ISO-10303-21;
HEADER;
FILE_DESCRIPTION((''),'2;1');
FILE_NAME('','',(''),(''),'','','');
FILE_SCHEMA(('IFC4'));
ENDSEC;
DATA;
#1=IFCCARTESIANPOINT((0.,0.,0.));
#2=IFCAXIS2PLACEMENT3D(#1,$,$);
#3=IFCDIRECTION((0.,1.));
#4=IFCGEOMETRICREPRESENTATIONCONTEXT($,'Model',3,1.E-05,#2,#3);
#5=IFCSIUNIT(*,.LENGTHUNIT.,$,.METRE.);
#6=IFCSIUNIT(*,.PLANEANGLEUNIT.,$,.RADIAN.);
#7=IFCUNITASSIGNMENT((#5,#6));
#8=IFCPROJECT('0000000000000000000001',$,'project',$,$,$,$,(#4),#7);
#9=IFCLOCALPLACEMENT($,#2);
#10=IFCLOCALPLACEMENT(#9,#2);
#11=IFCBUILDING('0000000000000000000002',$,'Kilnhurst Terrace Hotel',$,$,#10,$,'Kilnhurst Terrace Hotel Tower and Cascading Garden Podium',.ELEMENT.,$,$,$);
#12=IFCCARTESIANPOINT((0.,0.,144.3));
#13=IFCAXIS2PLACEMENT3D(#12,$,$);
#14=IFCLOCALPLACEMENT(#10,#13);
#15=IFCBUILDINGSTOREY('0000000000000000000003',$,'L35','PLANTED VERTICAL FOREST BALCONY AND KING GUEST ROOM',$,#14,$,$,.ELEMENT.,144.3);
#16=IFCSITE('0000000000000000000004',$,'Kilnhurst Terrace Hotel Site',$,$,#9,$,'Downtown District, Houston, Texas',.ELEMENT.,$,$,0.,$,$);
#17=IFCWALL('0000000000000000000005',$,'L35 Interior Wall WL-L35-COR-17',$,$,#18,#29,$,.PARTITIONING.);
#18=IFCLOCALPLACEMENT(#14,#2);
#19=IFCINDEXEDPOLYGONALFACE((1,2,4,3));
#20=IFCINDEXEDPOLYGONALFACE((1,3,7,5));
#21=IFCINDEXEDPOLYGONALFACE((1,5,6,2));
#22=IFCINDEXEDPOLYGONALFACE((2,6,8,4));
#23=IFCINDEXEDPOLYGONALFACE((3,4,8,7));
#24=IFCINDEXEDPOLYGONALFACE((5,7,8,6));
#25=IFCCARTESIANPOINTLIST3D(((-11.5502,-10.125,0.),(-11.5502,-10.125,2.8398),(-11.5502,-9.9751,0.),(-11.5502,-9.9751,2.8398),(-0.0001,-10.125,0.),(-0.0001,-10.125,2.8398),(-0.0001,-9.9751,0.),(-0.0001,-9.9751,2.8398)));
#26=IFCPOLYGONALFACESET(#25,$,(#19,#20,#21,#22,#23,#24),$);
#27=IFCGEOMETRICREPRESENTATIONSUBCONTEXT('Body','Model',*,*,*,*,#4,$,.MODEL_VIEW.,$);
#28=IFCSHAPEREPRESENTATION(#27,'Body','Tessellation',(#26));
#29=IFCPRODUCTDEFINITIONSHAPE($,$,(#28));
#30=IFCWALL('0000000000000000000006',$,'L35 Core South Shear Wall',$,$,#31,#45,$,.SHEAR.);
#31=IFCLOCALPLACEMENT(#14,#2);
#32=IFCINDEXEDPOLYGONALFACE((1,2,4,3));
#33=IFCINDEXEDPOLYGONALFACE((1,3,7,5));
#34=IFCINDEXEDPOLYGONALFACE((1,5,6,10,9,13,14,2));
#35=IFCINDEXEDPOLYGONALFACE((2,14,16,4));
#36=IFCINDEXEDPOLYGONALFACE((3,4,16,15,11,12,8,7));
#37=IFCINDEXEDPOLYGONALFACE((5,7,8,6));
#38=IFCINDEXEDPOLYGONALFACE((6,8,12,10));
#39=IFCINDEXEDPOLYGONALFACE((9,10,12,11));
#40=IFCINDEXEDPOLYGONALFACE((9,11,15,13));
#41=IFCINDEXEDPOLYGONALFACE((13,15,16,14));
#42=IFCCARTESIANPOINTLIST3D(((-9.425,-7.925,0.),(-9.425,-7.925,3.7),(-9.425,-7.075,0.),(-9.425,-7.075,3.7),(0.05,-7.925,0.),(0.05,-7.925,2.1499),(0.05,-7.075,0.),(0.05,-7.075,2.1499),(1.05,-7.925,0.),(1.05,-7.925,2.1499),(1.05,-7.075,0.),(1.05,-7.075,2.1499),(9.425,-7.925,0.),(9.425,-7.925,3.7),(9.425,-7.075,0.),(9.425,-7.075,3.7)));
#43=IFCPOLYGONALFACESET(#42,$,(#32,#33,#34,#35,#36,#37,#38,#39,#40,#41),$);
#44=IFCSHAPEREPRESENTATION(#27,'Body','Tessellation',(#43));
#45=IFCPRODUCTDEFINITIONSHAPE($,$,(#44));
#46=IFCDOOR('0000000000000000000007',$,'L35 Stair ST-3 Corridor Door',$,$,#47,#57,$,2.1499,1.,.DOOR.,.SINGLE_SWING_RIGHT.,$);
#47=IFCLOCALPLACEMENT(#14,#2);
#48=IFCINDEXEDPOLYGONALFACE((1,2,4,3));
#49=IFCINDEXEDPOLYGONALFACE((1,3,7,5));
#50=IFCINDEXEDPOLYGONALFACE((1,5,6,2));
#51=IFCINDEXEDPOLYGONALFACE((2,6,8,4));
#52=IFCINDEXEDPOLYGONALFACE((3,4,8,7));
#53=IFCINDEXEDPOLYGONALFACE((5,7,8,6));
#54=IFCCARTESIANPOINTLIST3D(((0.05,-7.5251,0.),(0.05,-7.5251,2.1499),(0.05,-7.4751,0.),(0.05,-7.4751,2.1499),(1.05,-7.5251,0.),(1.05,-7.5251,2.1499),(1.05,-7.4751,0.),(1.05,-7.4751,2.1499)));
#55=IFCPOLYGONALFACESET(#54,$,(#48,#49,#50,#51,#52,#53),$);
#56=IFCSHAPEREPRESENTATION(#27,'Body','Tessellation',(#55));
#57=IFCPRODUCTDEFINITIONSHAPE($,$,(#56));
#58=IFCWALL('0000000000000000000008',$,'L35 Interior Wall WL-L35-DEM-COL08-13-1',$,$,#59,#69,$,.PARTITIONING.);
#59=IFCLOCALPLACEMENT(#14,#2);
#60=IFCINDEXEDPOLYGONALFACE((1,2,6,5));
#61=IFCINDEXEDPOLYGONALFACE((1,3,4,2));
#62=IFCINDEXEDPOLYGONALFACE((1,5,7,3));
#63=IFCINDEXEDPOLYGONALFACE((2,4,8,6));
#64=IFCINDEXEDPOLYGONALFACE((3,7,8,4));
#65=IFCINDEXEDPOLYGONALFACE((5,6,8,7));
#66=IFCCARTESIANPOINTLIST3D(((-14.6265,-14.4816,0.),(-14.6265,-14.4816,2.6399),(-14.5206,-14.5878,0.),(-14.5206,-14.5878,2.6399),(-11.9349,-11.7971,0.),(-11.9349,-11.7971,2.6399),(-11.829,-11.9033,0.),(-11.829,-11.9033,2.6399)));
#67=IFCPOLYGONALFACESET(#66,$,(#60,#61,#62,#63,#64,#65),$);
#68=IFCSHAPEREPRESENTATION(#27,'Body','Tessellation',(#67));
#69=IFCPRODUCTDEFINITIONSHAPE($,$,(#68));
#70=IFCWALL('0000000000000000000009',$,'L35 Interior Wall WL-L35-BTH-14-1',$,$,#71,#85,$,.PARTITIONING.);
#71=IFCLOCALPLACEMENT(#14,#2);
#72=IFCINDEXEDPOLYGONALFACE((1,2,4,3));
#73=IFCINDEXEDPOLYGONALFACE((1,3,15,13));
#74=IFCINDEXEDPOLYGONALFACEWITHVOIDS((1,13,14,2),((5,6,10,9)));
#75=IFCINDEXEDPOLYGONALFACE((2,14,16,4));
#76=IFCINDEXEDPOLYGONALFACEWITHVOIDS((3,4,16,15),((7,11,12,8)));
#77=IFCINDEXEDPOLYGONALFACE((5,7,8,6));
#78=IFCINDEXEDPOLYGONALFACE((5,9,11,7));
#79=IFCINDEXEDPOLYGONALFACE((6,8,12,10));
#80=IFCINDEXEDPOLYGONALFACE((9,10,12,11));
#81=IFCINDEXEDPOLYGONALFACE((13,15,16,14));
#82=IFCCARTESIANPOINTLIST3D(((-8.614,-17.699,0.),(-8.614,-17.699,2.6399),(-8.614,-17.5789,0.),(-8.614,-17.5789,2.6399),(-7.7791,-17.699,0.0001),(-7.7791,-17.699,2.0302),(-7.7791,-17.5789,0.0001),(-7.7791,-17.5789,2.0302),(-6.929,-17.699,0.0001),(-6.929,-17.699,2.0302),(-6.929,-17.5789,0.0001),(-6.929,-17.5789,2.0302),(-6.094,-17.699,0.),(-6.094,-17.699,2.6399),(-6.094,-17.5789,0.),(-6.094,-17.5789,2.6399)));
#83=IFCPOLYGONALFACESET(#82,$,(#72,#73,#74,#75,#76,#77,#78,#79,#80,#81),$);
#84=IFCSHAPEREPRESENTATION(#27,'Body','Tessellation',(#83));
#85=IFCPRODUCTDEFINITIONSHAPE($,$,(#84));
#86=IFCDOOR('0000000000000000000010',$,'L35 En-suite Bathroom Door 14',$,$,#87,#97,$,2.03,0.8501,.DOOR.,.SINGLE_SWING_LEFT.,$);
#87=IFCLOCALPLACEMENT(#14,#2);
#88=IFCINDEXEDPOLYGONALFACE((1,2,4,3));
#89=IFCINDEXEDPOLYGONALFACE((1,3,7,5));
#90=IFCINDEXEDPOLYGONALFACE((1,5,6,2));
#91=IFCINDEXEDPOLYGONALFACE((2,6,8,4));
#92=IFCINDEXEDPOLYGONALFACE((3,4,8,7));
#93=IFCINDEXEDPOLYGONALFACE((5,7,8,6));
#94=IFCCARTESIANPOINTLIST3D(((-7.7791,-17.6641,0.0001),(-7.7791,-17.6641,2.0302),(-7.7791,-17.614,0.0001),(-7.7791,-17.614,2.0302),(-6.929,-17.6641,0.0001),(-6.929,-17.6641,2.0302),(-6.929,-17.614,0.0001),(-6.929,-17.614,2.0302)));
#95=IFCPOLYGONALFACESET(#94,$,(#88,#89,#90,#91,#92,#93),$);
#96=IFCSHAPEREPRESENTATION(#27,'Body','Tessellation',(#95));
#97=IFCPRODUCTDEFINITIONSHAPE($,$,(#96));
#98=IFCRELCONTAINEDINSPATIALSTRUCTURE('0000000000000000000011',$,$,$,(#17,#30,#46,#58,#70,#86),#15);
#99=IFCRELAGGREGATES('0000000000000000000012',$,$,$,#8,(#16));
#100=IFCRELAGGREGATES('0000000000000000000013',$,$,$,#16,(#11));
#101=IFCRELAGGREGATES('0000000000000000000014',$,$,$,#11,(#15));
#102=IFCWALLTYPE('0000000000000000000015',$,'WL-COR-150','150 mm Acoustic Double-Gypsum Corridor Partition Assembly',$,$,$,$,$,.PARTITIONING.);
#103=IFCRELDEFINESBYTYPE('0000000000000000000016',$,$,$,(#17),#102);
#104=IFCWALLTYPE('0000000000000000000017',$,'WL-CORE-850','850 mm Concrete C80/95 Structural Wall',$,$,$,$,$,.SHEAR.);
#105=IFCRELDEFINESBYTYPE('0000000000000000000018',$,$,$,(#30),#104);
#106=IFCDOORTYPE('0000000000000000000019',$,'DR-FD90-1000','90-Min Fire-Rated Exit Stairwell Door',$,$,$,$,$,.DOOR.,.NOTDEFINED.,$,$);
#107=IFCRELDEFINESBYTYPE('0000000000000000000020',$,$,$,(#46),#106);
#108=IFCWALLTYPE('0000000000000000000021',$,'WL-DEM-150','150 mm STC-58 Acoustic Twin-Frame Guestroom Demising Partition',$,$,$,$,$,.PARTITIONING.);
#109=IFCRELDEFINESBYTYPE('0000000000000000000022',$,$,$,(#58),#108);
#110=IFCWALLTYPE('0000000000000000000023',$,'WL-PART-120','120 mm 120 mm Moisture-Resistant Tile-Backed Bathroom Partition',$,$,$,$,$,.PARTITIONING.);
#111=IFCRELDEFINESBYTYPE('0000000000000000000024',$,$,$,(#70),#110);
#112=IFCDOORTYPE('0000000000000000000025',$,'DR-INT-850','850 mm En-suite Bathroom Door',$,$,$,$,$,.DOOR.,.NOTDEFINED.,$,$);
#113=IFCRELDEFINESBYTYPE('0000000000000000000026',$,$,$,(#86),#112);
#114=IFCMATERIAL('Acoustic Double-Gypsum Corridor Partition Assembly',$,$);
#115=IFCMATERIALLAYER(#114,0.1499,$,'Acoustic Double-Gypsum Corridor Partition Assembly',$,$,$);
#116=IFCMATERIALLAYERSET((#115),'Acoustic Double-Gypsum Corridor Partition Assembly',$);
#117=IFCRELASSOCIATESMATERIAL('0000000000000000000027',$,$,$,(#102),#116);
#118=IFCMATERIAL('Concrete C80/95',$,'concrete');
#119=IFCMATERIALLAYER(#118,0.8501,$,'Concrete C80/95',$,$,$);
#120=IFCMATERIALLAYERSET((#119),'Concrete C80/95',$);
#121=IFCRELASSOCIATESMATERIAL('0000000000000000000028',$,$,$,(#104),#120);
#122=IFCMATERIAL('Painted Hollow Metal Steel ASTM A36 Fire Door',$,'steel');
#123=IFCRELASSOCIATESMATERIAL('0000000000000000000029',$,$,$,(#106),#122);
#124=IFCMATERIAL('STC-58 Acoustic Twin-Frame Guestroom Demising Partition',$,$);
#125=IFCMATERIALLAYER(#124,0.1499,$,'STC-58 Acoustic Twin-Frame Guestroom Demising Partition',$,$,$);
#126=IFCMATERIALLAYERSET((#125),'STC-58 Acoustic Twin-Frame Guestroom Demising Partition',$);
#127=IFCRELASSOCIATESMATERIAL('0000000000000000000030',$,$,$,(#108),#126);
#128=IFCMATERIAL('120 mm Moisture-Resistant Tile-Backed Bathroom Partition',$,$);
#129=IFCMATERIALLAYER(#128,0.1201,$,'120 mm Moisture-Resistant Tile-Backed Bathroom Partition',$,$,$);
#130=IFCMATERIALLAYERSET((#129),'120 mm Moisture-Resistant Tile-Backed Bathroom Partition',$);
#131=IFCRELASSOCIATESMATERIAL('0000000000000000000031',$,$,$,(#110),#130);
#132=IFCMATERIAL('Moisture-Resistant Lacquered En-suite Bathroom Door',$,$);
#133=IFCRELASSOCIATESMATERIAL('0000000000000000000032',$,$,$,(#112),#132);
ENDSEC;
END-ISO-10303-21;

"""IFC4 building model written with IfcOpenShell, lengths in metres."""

from ifc_helpers import new_model, si_unit, direction, frame, frame_2d, origin, place, context, subcontext, project, spatial, rectangle, extrude, material, layer, layer_set, type_object, element, fill, save


model = new_model("IFC4")

# Units and contexts
model_context = context("Model", 3, precision=1e-05, world=origin(), true_north=direction((0.0, 1.0)))
body_context = subcontext(model_context, "Body", "Model", "MODEL_VIEW")
ifc_project = project(units=[si_unit("LENGTHUNIT", "METRE"), si_unit("PLANEANGLEUNIT", "RADIAN")], contexts=[model_context])

# Site, building, storey
site_placement = place(None, origin())
site = spatial("IfcSite", under=ifc_project, at=site_placement, Name="Kilnhurst Terrace Hotel Site", LongName="Downtown District, Houston, Texas", CompositionType="ELEMENT", RefElevation=0.0)
building_placement = place(site_placement, origin())
building = spatial("IfcBuilding", under=site, at=building_placement, Name="Kilnhurst Terrace Hotel", LongName="Kilnhurst Terrace Hotel Tower and Cascading Garden Podium", CompositionType="ELEMENT")
storey_placement = place(building_placement, frame((0.0, 0.0, 144.3)))
storey = spatial("IfcBuildingStorey", under=building, at=storey_placement, Name="L35", Description="PLANTED VERTICAL FOREST BALCONY AND KING GUEST ROOM", CompositionType="ELEMENT", Elevation=144.3)

# Shared definitions
ifc_material_1 = material(Name="Concrete C80/95", Category="concrete")

# Shared definitions
ifc_material_2 = material(Name="Acoustic Double-Gypsum Corridor Partition Assembly")
ifc_layer_1 = layer(ifc_material_2, 0.1499, Name="Acoustic Double-Gypsum Corridor Partition Assembly")
ifc_layer_set_1 = layer_set([ifc_layer_1], Name="Acoustic Double-Gypsum Corridor Partition Assembly")
wall_type_1 = type_object("IfcWallType", Name="WL-COR-150", Description="150 mm Acoustic Double-Gypsum Corridor Partition Assembly", PredefinedType="PARTITIONING", material=ifc_layer_set_1)

# Wall
wall_1_placement = place(storey_placement, frame((-11.55, -10.05, 0.0), z_axis=(0.0, 0.0, 1.0), x_axis=(1.0, 0.0, 0.0)))
element("IfcWall", 1, at=wall_1_placement, inside=storey, type_object=wall_type_1, Name="L35 Interior Wall WL-L35-COR-17", PredefinedType="PARTITIONING", context=body_context, shape_type="SweptSolid", body=[
    extrude(rectangle(XDim=11.55, YDim=0.1499, at=frame_2d((5.7749, 0.0))), origin(), (0.0, 0.0, 1.0), 2.8398),
])

# Wall, opening, door
ifc_layer_2 = layer(ifc_material_1, 0.8501, Name="Concrete C80/95")
ifc_layer_set_2 = layer_set([ifc_layer_2], Name="Concrete C80/95")
wall_type_2 = type_object("IfcWallType", Name="WL-CORE-850", Description="850 mm Concrete C80/95 Structural Wall", PredefinedType="SHEAR", material=ifc_layer_set_2)
wall_2_placement = place(storey_placement, frame((-9.425, -7.5, 0.0), z_axis=(0.0, 0.0, 1.0), x_axis=(1.0, 0.0, 0.0)))
wall_2 = element("IfcWall", 2, at=wall_2_placement, inside=storey, type_object=wall_type_2, Name="L35 Core South Shear Wall", PredefinedType="SHEAR", context=body_context, shape_type="SweptSolid", body=[
    extrude(rectangle(XDim=18.8501, YDim=0.8501, at=frame_2d((9.425, 0.0))), origin(), (0.0, 0.0, 1.0), 3.7),
])
opening_1_placement = place(wall_2_placement, frame((9.4751, 0.0, 0.0)))
opening_1 = element("IfcOpeningElement", 3, at=opening_1_placement, cuts=wall_2, PredefinedType="OPENING", context=body_context, shape_type="SweptSolid", body=[
    extrude(rectangle(XDim=1.0, YDim=2.1499, at=frame_2d((0.5, 1.075))), frame((0.0, 0.4351, 0.0), z_axis=(0.0, -1.0, 0.0), x_axis=(1.0, 0.0, 0.0)), (0.0, 0.0, 1.0), 0.8701),
])
ifc_material_3 = material(Name="Painted Hollow Metal Steel ASTM A36 Fire Door", Category="steel")
door_type_1 = type_object("IfcDoorType", Name="DR-FD90-1000", Description="90-Min Fire-Rated Exit Stairwell Door", OperationType="NOTDEFINED", PredefinedType="DOOR", material=ifc_material_3)
door_1_placement = place(opening_1_placement, origin())
door_1 = element("IfcDoor", 4, at=door_1_placement, inside=storey, type_object=door_type_1, Name="L35 Stair ST-3 Corridor Door", OperationType="SINGLE_SWING_RIGHT", OverallHeight=2.1499, OverallWidth=1.0, PredefinedType="DOOR", context=body_context, shape_type="SweptSolid", body=[
    extrude(rectangle(XDim=1.0, YDim=2.1499, at=frame_2d((0.5, 1.075))), frame((0.0, 0.0249, 0.0), z_axis=(0.0, -1.0, 0.0), x_axis=(1.0, 0.0, 0.0)), (0.0, 0.0, 1.0), 0.05),
])
fill(opening_1, door_1)

# Wall
ifc_material_4 = material(Name="STC-58 Acoustic Twin-Frame Guestroom Demising Partition")
ifc_layer_3 = layer(ifc_material_4, 0.1499, Name="STC-58 Acoustic Twin-Frame Guestroom Demising Partition")
ifc_layer_set_3 = layer_set([ifc_layer_3], Name="STC-58 Acoustic Twin-Frame Guestroom Demising Partition")
wall_type_3 = type_object("IfcWallType", Name="WL-DEM-150", Description="150 mm STC-58 Acoustic Twin-Frame Guestroom Demising Partition", PredefinedType="PARTITIONING", material=ifc_layer_set_3)
wall_3_placement = place(storey_placement, frame((-11.8818, -11.8501, 0.0), z_axis=(0.0, 0.0, 1.0), x_axis=(-0.708037, -0.706175, 0.0)))
element("IfcWall", 5, at=wall_3_placement, inside=storey, type_object=wall_type_3, Name="L35 Interior Wall WL-L35-DEM-COL08-13-1", PredefinedType="PARTITIONING", context=body_context, shape_type="SweptSolid", body=[
    extrude(rectangle(XDim=3.8015, YDim=0.1499, at=frame_2d((1.9009, 0.0))), origin(), (0.0, 0.0, 1.0), 2.6399),
])

# Wall, opening, door
ifc_material_5 = material(Name="120 mm Moisture-Resistant Tile-Backed Bathroom Partition")
ifc_layer_4 = layer(ifc_material_5, 0.1201, Name="120 mm Moisture-Resistant Tile-Backed Bathroom Partition")
ifc_layer_set_4 = layer_set([ifc_layer_4], Name="120 mm Moisture-Resistant Tile-Backed Bathroom Partition")
wall_type_4 = type_object("IfcWallType", Name="WL-PART-120", Description="120 mm 120 mm Moisture-Resistant Tile-Backed Bathroom Partition", PredefinedType="PARTITIONING", material=ifc_layer_set_4)
wall_4_placement = place(storey_placement, frame((-8.614, -17.6389, 0.0), z_axis=(0.0, 0.0, 1.0), x_axis=(1.0, 0.0, 0.0)))
wall_4 = element("IfcWall", 6, at=wall_4_placement, inside=storey, type_object=wall_type_4, Name="L35 Interior Wall WL-L35-BTH-14-1", PredefinedType="PARTITIONING", context=body_context, shape_type="SweptSolid", body=[
    extrude(rectangle(XDim=2.52, YDim=0.1201, at=frame_2d((1.26, 0.0))), origin(), (0.0, 0.0, 1.0), 2.6399),
])
opening_2_placement = place(wall_4_placement, frame((0.835, 0.0, 0.0)))
opening_2 = element("IfcOpeningElement", 7, at=opening_2_placement, cuts=wall_4, PredefinedType="OPENING", context=body_context, shape_type="SweptSolid", body=[
    extrude(rectangle(XDim=0.8501, YDim=2.03, at=frame_2d((0.425, 1.0151))), frame((0.0, 0.0701, 0.0), z_axis=(0.0, -1.0, 0.0), x_axis=(1.0, 0.0, 0.0)), (0.0, 0.0, 1.0), 0.1401),
])
ifc_material_6 = material(Name="Moisture-Resistant Lacquered En-suite Bathroom Door")
door_type_2 = type_object("IfcDoorType", Name="DR-INT-850", Description="850 mm En-suite Bathroom Door", OperationType="NOTDEFINED", PredefinedType="DOOR", material=ifc_material_6)
door_2_placement = place(opening_2_placement, origin())
door_2 = element("IfcDoor", 8, at=door_2_placement, inside=storey, type_object=door_type_2, Name="L35 En-suite Bathroom Door 14", OperationType="SINGLE_SWING_LEFT", OverallHeight=2.03, OverallWidth=0.8501, PredefinedType="DOOR", context=body_context, shape_type="SweptSolid", body=[
    extrude(rectangle(XDim=0.8501, YDim=2.03, at=frame_2d((0.425, 1.0151))), frame((0.0, 0.0249, 0.0), z_axis=(0.0, -1.0, 0.0), x_axis=(1.0, 0.0, 0.0)), (0.0, 0.0, 1.0), 0.05),
])
fill(opening_2, door_2)

save(model, "model.ifc")
